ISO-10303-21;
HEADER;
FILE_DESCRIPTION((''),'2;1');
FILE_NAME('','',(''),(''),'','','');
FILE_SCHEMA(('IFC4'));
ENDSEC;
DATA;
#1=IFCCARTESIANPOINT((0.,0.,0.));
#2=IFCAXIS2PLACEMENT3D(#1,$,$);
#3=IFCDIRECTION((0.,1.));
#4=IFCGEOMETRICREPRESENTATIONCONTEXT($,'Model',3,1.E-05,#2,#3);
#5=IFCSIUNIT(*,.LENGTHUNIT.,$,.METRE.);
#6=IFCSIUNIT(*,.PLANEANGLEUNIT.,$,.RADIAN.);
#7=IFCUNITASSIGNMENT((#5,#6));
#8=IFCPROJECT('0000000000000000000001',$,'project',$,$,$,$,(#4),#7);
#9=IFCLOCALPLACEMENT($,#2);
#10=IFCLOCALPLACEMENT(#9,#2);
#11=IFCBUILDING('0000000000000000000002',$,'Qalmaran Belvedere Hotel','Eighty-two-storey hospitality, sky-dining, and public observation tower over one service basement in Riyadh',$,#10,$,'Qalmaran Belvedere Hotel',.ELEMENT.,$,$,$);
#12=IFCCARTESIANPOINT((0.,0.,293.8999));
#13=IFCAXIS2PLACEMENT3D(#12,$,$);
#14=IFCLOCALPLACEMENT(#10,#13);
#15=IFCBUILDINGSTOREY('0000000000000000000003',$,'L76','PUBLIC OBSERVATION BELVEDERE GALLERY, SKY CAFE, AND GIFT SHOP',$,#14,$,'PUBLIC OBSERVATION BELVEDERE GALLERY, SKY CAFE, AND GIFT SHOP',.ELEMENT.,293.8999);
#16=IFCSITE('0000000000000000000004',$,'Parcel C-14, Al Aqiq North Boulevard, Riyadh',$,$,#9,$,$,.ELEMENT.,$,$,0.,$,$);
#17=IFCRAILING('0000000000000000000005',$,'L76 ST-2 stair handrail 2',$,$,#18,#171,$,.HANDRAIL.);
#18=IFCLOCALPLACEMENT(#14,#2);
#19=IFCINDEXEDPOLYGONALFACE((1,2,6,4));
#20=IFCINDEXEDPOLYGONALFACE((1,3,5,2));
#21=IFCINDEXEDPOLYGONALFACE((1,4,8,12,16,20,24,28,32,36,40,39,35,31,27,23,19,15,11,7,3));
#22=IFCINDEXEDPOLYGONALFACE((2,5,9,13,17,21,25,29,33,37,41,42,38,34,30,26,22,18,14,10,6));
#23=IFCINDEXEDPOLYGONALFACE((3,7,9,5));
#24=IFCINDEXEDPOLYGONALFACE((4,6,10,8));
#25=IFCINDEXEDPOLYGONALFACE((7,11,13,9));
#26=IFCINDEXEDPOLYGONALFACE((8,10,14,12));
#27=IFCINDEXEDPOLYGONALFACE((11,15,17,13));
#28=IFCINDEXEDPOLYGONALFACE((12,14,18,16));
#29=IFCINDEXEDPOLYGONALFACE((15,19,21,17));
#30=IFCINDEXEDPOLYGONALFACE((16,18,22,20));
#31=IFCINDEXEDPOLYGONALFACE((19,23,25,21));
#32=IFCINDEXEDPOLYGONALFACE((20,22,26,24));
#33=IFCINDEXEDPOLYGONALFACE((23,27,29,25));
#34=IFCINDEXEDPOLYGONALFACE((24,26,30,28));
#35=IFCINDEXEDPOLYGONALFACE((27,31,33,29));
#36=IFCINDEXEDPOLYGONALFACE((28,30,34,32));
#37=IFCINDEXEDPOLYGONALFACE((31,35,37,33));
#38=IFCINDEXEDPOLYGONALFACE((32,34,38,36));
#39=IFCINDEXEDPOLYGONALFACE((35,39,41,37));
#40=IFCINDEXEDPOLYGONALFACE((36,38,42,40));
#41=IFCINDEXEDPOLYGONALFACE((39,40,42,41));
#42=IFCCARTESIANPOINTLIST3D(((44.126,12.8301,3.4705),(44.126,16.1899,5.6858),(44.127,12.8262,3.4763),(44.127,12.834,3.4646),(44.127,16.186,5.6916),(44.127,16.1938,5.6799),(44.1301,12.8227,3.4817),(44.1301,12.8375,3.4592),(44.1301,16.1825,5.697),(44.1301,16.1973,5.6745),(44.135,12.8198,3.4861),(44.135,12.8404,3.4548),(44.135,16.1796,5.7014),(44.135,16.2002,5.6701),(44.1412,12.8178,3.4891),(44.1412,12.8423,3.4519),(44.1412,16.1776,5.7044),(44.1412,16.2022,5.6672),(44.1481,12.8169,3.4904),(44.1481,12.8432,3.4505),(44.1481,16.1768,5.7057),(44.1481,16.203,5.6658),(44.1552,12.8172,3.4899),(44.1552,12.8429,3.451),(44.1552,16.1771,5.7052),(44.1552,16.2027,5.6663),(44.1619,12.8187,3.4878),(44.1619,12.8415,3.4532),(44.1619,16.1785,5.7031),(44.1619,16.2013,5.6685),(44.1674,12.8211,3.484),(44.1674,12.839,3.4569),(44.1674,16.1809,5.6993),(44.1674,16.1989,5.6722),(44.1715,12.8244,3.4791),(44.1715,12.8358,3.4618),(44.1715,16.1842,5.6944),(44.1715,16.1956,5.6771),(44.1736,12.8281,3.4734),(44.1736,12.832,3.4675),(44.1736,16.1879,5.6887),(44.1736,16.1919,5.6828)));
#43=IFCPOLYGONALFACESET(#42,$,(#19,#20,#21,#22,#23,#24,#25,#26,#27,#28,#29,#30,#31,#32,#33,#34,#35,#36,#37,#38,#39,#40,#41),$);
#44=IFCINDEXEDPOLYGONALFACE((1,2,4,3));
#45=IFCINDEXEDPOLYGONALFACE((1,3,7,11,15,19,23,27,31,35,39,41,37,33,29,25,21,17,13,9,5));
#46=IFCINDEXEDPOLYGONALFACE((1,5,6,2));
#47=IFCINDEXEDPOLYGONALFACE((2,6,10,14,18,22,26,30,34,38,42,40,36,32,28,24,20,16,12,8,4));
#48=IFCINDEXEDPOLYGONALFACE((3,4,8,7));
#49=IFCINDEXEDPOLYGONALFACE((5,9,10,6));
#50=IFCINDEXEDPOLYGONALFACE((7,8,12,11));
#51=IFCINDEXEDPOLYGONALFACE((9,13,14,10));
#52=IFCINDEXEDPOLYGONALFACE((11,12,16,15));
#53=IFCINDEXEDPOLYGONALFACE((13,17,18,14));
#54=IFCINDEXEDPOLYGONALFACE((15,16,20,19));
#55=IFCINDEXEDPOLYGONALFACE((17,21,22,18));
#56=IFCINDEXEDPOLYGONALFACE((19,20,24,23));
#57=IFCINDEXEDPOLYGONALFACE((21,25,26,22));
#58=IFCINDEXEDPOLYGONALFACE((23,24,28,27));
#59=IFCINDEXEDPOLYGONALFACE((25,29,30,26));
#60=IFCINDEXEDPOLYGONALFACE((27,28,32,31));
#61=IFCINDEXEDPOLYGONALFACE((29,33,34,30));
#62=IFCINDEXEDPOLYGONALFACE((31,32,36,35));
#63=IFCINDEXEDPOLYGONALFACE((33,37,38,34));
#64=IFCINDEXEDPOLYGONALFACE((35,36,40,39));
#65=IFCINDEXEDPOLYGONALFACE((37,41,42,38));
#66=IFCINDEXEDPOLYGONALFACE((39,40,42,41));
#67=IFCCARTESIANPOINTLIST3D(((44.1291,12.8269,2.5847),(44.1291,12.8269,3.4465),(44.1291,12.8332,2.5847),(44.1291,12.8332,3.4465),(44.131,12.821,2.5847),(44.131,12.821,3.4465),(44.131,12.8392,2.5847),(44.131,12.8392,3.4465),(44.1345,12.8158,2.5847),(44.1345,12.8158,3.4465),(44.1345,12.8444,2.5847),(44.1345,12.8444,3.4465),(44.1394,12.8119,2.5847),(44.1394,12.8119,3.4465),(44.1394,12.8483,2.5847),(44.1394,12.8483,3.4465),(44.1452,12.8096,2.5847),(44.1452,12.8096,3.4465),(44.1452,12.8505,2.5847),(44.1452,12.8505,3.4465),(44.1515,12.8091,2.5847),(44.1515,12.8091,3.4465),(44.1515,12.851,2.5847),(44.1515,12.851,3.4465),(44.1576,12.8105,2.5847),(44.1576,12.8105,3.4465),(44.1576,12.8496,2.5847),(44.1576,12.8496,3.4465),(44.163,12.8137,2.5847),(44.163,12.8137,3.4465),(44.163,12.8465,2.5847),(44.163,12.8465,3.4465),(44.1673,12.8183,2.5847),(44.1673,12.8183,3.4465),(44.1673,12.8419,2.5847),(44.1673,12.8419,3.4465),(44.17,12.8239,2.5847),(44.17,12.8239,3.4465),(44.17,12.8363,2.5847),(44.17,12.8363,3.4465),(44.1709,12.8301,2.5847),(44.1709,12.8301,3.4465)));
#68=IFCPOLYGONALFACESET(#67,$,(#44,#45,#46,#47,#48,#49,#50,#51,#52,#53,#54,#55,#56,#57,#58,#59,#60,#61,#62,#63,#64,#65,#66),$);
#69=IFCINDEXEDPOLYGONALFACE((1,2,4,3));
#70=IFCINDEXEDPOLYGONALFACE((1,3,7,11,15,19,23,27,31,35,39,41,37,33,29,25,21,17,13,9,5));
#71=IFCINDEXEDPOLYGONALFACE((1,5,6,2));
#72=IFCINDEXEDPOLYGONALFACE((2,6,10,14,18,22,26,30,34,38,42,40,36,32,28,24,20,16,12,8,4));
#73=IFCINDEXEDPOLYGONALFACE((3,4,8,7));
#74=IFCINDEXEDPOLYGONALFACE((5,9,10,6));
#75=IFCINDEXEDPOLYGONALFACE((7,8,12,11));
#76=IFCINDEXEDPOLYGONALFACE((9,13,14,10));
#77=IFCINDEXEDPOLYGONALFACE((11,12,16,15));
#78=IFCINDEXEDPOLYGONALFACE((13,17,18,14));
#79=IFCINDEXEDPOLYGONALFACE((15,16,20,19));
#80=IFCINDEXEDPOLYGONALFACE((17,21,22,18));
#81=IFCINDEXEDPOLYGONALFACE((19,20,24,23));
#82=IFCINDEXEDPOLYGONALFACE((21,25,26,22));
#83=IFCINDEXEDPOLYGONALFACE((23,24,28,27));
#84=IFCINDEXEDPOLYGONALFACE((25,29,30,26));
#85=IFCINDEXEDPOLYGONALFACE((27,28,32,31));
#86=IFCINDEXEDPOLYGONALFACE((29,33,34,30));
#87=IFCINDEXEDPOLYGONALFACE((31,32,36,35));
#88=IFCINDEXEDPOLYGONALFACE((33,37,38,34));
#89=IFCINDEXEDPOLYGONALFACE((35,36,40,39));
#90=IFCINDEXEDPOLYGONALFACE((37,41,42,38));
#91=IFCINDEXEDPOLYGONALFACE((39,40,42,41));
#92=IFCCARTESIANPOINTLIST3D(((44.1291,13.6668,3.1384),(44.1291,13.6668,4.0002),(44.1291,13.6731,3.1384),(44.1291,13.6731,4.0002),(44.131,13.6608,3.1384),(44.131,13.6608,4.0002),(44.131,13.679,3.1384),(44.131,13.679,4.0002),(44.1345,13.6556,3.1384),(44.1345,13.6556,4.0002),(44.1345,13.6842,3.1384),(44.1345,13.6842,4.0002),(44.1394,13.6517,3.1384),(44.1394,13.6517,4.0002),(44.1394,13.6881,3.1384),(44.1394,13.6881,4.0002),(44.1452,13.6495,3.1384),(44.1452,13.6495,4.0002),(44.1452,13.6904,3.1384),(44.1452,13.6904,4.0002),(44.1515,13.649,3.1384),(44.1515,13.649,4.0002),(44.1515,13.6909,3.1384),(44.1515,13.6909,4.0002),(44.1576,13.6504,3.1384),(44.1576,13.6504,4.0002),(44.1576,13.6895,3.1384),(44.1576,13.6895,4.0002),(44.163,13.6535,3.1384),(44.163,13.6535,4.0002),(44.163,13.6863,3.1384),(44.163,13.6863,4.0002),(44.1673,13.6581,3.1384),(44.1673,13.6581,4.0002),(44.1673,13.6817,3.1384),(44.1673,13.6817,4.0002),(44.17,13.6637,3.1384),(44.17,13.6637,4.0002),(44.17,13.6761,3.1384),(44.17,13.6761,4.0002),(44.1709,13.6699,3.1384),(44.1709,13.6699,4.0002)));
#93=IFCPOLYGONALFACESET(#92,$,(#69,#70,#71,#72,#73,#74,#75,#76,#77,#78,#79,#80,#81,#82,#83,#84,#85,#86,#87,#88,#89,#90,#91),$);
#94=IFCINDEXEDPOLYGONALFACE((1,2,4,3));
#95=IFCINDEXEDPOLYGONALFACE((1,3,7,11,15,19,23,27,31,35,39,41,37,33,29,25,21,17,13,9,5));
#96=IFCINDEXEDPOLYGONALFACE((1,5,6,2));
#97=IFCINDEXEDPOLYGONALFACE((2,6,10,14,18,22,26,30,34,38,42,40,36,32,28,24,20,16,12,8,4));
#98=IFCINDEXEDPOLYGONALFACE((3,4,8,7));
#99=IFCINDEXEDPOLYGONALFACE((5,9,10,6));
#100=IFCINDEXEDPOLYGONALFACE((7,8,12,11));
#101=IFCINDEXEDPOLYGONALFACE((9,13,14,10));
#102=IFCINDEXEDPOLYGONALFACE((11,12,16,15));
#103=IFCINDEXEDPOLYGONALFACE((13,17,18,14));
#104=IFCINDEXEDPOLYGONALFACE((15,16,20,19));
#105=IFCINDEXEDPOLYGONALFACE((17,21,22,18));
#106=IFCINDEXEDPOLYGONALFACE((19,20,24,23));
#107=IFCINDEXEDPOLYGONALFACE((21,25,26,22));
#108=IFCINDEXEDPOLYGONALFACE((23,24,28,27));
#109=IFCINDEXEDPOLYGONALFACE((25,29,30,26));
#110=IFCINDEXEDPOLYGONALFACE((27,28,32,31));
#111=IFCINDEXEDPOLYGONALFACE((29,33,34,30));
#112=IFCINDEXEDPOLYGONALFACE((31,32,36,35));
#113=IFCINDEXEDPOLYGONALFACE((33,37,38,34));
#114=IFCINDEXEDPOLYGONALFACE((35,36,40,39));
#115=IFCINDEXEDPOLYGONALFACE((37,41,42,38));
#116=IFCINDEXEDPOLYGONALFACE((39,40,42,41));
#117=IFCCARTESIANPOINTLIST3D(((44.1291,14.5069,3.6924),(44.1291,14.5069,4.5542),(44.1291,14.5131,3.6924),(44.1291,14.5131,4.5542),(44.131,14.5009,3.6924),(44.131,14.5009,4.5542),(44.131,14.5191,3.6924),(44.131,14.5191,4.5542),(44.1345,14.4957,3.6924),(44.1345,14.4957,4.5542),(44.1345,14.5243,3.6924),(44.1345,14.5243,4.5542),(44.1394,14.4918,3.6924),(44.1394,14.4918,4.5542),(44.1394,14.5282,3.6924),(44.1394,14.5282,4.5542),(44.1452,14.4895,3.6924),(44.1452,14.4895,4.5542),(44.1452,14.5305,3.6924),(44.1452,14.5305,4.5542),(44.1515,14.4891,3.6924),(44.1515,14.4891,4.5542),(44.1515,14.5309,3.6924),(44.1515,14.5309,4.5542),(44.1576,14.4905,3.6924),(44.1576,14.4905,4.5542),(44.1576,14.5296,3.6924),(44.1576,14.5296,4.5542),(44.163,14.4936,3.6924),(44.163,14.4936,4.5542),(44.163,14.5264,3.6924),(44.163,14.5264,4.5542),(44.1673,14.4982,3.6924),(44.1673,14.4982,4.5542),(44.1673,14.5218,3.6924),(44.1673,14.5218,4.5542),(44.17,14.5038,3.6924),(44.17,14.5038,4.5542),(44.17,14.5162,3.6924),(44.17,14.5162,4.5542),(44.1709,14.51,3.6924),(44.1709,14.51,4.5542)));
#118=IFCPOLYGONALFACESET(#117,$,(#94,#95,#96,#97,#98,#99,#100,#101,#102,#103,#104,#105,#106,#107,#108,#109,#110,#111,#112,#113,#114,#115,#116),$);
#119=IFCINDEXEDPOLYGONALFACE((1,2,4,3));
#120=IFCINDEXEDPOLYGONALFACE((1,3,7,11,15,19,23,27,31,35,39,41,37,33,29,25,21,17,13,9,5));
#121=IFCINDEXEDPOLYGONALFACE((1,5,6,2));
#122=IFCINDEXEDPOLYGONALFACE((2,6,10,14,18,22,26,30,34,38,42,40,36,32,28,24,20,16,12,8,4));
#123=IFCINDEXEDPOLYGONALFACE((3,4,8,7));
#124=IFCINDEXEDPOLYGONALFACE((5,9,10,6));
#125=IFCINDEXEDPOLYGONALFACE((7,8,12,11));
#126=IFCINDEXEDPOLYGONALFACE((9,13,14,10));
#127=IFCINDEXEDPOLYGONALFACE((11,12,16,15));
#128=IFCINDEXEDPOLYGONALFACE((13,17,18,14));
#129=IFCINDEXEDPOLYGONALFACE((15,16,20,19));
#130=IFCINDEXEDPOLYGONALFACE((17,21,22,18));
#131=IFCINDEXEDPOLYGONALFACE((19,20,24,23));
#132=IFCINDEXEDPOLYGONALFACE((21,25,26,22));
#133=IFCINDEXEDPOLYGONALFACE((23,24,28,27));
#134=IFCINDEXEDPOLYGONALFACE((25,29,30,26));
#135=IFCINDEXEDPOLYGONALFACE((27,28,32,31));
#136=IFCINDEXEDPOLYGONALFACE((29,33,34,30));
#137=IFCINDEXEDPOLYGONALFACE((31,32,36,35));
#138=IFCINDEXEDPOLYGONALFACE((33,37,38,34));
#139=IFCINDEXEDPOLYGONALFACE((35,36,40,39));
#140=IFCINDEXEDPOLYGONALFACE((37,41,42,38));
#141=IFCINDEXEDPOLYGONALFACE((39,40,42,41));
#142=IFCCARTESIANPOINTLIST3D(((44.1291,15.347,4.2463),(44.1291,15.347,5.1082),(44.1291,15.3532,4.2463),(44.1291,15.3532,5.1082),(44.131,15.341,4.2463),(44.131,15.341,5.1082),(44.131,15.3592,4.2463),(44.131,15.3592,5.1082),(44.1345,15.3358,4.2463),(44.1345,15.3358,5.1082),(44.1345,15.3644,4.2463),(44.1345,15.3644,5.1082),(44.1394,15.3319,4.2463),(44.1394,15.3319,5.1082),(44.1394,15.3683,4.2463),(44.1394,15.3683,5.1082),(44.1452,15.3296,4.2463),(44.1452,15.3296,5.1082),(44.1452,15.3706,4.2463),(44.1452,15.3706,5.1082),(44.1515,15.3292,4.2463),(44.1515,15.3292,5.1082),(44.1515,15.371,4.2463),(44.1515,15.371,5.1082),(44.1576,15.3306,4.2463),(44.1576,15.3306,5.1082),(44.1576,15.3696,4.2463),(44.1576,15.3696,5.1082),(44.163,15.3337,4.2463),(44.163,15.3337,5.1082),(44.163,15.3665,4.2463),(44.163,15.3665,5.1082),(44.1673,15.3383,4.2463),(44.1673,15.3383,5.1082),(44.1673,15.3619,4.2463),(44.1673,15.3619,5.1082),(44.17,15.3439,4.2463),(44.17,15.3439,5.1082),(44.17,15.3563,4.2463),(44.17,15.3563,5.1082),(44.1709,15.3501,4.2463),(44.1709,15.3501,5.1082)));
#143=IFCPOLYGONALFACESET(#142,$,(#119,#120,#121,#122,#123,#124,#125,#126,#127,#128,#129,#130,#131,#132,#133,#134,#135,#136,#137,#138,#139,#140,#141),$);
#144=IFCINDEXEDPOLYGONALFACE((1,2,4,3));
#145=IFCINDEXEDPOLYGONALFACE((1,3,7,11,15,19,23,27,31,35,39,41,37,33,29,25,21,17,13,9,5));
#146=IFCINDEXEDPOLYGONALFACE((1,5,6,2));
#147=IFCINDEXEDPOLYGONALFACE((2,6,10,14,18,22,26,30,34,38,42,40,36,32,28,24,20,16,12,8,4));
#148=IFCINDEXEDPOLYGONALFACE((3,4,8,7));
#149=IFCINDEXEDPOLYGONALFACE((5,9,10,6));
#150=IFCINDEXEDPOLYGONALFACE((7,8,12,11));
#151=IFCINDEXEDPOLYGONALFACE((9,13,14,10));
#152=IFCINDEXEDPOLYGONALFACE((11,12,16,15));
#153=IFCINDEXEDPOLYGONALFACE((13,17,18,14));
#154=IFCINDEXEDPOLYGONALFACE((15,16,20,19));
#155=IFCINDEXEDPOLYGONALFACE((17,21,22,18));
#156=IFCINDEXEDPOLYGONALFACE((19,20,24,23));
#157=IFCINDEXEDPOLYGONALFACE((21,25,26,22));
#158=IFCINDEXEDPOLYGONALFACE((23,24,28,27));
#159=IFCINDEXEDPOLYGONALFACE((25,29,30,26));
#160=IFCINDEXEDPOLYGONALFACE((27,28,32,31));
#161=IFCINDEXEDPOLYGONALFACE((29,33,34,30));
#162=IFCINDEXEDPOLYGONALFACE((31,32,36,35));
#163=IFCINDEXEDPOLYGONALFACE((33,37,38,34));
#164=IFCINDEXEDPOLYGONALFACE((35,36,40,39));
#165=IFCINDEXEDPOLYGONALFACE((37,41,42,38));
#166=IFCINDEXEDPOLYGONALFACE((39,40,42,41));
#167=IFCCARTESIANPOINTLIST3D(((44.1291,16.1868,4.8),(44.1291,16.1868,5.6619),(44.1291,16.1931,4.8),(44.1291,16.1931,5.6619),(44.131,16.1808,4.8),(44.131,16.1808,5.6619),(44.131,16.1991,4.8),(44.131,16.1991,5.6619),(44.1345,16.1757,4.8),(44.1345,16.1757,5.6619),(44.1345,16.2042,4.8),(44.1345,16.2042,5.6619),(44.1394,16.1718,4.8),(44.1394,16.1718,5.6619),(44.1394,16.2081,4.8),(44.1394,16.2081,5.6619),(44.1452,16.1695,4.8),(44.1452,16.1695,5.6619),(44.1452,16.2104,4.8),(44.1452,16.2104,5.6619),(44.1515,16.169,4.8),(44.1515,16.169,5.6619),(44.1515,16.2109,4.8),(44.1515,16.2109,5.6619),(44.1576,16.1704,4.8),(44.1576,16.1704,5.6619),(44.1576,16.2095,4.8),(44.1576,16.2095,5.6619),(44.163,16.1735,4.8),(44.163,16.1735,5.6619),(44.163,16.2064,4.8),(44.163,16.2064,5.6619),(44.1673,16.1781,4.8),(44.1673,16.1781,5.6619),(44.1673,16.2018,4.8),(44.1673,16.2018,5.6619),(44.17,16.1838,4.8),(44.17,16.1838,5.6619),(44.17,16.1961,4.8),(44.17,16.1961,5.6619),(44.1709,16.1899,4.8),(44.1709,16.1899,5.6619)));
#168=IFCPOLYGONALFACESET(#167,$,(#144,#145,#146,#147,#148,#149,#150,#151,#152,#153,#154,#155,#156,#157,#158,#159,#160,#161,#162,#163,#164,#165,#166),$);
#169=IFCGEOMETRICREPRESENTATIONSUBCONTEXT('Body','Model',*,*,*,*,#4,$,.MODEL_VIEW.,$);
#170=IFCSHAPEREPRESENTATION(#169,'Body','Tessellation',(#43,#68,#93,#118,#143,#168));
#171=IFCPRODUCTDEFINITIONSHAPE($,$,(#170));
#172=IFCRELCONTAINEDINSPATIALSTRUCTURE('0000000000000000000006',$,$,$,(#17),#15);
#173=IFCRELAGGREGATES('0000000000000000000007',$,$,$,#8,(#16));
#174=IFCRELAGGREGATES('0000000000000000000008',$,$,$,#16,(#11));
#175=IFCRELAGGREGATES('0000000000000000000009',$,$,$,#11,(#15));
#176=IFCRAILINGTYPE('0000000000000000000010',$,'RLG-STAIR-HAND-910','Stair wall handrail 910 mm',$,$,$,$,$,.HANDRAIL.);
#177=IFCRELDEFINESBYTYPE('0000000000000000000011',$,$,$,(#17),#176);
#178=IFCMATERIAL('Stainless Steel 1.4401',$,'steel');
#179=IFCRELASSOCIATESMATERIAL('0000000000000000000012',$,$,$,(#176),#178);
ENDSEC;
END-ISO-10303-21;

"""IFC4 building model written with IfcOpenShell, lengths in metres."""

from ifc_helpers import new_model, si_unit, direction, frame, origin, origin_2d, place, context, subcontext, project, spatial, circle, extrude, material, type_object, element, save


model = new_model("IFC4")

# Units and contexts
model_context = context("Model", 3, precision=1e-05, world=origin(), true_north=direction((0.0, 1.0)))
body_context = subcontext(model_context, "Body", "Model", "MODEL_VIEW")
ifc_project = project(units=[si_unit("LENGTHUNIT", "METRE"), si_unit("PLANEANGLEUNIT", "RADIAN")], contexts=[model_context])

# Site, building, storey
site_placement = place(None, origin())
site = spatial("IfcSite", under=ifc_project, at=site_placement, Name="Parcel C-14, Al Aqiq North Boulevard, Riyadh", CompositionType="ELEMENT", RefElevation=0.0)
building_placement = place(site_placement, origin())
building = spatial("IfcBuilding", under=site, at=building_placement, Name="Qalmaran Belvedere Hotel", Description="Eighty-two-storey hospitality, sky-dining, and public observation tower over one service basement in Riyadh", LongName="Qalmaran Belvedere Hotel", CompositionType="ELEMENT")
storey_placement = place(building_placement, frame((0.0, 0.0, 293.8999)))
storey = spatial("IfcBuildingStorey", under=building, at=storey_placement, Name="L76", Description="PUBLIC OBSERVATION BELVEDERE GALLERY, SKY CAFE, AND GIFT SHOP", LongName="PUBLIC OBSERVATION BELVEDERE GALLERY, SKY CAFE, AND GIFT SHOP", CompositionType="ELEMENT", Elevation=293.8999)

# Railing
ifc_material_1 = material(Name="Stainless Steel 1.4401", Category="steel")
railing_type_1 = type_object("IfcRailingType", Name="RLG-STAIR-HAND-910", Description="Stair wall handrail 910 mm", PredefinedType="HANDRAIL", material=ifc_material_1)
railing_1_placement = place(storey_placement, frame((44.1499, 12.8301, 2.5847)))
element("IfcRailing", 1, at=railing_1_placement, inside=storey, type_object=railing_type_1, Name="L76 ST-2 stair handrail 2", PredefinedType="HANDRAIL", context=body_context, shape_type="SweptSolid", body=[
    extrude(circle(Radius=0.0239, at=origin_2d()), frame((0.0, 0.0, 0.8857), z_axis=(0.0, 0.834858, 0.550465), x_axis=(-1.0, 0.0, 0.0)), (0.0, 0.0, 1.0), 4.0244),
    extrude(circle(Radius=0.021, at=origin_2d()), origin(), (0.0, 0.0, 1.0), 0.8618),
    extrude(circle(Radius=0.021, at=origin_2d()), frame((0.0, 0.8398, 0.5537)), (0.0, 0.0, 1.0), 0.8618),
    extrude(circle(Radius=0.021, at=origin_2d()), frame((0.0, 1.6799, 1.1077)), (0.0, 0.0, 1.0), 0.8618),
    extrude(circle(Radius=0.021, at=origin_2d()), frame((0.0, 2.52, 1.6616)), (0.0, 0.0, 1.0), 0.8618),
    extrude(circle(Radius=0.021, at=origin_2d()), frame((0.0, 3.3599, 2.2153)), (0.0, 0.0, 1.0), 0.8618),
])

save(model, "model.ifc")
